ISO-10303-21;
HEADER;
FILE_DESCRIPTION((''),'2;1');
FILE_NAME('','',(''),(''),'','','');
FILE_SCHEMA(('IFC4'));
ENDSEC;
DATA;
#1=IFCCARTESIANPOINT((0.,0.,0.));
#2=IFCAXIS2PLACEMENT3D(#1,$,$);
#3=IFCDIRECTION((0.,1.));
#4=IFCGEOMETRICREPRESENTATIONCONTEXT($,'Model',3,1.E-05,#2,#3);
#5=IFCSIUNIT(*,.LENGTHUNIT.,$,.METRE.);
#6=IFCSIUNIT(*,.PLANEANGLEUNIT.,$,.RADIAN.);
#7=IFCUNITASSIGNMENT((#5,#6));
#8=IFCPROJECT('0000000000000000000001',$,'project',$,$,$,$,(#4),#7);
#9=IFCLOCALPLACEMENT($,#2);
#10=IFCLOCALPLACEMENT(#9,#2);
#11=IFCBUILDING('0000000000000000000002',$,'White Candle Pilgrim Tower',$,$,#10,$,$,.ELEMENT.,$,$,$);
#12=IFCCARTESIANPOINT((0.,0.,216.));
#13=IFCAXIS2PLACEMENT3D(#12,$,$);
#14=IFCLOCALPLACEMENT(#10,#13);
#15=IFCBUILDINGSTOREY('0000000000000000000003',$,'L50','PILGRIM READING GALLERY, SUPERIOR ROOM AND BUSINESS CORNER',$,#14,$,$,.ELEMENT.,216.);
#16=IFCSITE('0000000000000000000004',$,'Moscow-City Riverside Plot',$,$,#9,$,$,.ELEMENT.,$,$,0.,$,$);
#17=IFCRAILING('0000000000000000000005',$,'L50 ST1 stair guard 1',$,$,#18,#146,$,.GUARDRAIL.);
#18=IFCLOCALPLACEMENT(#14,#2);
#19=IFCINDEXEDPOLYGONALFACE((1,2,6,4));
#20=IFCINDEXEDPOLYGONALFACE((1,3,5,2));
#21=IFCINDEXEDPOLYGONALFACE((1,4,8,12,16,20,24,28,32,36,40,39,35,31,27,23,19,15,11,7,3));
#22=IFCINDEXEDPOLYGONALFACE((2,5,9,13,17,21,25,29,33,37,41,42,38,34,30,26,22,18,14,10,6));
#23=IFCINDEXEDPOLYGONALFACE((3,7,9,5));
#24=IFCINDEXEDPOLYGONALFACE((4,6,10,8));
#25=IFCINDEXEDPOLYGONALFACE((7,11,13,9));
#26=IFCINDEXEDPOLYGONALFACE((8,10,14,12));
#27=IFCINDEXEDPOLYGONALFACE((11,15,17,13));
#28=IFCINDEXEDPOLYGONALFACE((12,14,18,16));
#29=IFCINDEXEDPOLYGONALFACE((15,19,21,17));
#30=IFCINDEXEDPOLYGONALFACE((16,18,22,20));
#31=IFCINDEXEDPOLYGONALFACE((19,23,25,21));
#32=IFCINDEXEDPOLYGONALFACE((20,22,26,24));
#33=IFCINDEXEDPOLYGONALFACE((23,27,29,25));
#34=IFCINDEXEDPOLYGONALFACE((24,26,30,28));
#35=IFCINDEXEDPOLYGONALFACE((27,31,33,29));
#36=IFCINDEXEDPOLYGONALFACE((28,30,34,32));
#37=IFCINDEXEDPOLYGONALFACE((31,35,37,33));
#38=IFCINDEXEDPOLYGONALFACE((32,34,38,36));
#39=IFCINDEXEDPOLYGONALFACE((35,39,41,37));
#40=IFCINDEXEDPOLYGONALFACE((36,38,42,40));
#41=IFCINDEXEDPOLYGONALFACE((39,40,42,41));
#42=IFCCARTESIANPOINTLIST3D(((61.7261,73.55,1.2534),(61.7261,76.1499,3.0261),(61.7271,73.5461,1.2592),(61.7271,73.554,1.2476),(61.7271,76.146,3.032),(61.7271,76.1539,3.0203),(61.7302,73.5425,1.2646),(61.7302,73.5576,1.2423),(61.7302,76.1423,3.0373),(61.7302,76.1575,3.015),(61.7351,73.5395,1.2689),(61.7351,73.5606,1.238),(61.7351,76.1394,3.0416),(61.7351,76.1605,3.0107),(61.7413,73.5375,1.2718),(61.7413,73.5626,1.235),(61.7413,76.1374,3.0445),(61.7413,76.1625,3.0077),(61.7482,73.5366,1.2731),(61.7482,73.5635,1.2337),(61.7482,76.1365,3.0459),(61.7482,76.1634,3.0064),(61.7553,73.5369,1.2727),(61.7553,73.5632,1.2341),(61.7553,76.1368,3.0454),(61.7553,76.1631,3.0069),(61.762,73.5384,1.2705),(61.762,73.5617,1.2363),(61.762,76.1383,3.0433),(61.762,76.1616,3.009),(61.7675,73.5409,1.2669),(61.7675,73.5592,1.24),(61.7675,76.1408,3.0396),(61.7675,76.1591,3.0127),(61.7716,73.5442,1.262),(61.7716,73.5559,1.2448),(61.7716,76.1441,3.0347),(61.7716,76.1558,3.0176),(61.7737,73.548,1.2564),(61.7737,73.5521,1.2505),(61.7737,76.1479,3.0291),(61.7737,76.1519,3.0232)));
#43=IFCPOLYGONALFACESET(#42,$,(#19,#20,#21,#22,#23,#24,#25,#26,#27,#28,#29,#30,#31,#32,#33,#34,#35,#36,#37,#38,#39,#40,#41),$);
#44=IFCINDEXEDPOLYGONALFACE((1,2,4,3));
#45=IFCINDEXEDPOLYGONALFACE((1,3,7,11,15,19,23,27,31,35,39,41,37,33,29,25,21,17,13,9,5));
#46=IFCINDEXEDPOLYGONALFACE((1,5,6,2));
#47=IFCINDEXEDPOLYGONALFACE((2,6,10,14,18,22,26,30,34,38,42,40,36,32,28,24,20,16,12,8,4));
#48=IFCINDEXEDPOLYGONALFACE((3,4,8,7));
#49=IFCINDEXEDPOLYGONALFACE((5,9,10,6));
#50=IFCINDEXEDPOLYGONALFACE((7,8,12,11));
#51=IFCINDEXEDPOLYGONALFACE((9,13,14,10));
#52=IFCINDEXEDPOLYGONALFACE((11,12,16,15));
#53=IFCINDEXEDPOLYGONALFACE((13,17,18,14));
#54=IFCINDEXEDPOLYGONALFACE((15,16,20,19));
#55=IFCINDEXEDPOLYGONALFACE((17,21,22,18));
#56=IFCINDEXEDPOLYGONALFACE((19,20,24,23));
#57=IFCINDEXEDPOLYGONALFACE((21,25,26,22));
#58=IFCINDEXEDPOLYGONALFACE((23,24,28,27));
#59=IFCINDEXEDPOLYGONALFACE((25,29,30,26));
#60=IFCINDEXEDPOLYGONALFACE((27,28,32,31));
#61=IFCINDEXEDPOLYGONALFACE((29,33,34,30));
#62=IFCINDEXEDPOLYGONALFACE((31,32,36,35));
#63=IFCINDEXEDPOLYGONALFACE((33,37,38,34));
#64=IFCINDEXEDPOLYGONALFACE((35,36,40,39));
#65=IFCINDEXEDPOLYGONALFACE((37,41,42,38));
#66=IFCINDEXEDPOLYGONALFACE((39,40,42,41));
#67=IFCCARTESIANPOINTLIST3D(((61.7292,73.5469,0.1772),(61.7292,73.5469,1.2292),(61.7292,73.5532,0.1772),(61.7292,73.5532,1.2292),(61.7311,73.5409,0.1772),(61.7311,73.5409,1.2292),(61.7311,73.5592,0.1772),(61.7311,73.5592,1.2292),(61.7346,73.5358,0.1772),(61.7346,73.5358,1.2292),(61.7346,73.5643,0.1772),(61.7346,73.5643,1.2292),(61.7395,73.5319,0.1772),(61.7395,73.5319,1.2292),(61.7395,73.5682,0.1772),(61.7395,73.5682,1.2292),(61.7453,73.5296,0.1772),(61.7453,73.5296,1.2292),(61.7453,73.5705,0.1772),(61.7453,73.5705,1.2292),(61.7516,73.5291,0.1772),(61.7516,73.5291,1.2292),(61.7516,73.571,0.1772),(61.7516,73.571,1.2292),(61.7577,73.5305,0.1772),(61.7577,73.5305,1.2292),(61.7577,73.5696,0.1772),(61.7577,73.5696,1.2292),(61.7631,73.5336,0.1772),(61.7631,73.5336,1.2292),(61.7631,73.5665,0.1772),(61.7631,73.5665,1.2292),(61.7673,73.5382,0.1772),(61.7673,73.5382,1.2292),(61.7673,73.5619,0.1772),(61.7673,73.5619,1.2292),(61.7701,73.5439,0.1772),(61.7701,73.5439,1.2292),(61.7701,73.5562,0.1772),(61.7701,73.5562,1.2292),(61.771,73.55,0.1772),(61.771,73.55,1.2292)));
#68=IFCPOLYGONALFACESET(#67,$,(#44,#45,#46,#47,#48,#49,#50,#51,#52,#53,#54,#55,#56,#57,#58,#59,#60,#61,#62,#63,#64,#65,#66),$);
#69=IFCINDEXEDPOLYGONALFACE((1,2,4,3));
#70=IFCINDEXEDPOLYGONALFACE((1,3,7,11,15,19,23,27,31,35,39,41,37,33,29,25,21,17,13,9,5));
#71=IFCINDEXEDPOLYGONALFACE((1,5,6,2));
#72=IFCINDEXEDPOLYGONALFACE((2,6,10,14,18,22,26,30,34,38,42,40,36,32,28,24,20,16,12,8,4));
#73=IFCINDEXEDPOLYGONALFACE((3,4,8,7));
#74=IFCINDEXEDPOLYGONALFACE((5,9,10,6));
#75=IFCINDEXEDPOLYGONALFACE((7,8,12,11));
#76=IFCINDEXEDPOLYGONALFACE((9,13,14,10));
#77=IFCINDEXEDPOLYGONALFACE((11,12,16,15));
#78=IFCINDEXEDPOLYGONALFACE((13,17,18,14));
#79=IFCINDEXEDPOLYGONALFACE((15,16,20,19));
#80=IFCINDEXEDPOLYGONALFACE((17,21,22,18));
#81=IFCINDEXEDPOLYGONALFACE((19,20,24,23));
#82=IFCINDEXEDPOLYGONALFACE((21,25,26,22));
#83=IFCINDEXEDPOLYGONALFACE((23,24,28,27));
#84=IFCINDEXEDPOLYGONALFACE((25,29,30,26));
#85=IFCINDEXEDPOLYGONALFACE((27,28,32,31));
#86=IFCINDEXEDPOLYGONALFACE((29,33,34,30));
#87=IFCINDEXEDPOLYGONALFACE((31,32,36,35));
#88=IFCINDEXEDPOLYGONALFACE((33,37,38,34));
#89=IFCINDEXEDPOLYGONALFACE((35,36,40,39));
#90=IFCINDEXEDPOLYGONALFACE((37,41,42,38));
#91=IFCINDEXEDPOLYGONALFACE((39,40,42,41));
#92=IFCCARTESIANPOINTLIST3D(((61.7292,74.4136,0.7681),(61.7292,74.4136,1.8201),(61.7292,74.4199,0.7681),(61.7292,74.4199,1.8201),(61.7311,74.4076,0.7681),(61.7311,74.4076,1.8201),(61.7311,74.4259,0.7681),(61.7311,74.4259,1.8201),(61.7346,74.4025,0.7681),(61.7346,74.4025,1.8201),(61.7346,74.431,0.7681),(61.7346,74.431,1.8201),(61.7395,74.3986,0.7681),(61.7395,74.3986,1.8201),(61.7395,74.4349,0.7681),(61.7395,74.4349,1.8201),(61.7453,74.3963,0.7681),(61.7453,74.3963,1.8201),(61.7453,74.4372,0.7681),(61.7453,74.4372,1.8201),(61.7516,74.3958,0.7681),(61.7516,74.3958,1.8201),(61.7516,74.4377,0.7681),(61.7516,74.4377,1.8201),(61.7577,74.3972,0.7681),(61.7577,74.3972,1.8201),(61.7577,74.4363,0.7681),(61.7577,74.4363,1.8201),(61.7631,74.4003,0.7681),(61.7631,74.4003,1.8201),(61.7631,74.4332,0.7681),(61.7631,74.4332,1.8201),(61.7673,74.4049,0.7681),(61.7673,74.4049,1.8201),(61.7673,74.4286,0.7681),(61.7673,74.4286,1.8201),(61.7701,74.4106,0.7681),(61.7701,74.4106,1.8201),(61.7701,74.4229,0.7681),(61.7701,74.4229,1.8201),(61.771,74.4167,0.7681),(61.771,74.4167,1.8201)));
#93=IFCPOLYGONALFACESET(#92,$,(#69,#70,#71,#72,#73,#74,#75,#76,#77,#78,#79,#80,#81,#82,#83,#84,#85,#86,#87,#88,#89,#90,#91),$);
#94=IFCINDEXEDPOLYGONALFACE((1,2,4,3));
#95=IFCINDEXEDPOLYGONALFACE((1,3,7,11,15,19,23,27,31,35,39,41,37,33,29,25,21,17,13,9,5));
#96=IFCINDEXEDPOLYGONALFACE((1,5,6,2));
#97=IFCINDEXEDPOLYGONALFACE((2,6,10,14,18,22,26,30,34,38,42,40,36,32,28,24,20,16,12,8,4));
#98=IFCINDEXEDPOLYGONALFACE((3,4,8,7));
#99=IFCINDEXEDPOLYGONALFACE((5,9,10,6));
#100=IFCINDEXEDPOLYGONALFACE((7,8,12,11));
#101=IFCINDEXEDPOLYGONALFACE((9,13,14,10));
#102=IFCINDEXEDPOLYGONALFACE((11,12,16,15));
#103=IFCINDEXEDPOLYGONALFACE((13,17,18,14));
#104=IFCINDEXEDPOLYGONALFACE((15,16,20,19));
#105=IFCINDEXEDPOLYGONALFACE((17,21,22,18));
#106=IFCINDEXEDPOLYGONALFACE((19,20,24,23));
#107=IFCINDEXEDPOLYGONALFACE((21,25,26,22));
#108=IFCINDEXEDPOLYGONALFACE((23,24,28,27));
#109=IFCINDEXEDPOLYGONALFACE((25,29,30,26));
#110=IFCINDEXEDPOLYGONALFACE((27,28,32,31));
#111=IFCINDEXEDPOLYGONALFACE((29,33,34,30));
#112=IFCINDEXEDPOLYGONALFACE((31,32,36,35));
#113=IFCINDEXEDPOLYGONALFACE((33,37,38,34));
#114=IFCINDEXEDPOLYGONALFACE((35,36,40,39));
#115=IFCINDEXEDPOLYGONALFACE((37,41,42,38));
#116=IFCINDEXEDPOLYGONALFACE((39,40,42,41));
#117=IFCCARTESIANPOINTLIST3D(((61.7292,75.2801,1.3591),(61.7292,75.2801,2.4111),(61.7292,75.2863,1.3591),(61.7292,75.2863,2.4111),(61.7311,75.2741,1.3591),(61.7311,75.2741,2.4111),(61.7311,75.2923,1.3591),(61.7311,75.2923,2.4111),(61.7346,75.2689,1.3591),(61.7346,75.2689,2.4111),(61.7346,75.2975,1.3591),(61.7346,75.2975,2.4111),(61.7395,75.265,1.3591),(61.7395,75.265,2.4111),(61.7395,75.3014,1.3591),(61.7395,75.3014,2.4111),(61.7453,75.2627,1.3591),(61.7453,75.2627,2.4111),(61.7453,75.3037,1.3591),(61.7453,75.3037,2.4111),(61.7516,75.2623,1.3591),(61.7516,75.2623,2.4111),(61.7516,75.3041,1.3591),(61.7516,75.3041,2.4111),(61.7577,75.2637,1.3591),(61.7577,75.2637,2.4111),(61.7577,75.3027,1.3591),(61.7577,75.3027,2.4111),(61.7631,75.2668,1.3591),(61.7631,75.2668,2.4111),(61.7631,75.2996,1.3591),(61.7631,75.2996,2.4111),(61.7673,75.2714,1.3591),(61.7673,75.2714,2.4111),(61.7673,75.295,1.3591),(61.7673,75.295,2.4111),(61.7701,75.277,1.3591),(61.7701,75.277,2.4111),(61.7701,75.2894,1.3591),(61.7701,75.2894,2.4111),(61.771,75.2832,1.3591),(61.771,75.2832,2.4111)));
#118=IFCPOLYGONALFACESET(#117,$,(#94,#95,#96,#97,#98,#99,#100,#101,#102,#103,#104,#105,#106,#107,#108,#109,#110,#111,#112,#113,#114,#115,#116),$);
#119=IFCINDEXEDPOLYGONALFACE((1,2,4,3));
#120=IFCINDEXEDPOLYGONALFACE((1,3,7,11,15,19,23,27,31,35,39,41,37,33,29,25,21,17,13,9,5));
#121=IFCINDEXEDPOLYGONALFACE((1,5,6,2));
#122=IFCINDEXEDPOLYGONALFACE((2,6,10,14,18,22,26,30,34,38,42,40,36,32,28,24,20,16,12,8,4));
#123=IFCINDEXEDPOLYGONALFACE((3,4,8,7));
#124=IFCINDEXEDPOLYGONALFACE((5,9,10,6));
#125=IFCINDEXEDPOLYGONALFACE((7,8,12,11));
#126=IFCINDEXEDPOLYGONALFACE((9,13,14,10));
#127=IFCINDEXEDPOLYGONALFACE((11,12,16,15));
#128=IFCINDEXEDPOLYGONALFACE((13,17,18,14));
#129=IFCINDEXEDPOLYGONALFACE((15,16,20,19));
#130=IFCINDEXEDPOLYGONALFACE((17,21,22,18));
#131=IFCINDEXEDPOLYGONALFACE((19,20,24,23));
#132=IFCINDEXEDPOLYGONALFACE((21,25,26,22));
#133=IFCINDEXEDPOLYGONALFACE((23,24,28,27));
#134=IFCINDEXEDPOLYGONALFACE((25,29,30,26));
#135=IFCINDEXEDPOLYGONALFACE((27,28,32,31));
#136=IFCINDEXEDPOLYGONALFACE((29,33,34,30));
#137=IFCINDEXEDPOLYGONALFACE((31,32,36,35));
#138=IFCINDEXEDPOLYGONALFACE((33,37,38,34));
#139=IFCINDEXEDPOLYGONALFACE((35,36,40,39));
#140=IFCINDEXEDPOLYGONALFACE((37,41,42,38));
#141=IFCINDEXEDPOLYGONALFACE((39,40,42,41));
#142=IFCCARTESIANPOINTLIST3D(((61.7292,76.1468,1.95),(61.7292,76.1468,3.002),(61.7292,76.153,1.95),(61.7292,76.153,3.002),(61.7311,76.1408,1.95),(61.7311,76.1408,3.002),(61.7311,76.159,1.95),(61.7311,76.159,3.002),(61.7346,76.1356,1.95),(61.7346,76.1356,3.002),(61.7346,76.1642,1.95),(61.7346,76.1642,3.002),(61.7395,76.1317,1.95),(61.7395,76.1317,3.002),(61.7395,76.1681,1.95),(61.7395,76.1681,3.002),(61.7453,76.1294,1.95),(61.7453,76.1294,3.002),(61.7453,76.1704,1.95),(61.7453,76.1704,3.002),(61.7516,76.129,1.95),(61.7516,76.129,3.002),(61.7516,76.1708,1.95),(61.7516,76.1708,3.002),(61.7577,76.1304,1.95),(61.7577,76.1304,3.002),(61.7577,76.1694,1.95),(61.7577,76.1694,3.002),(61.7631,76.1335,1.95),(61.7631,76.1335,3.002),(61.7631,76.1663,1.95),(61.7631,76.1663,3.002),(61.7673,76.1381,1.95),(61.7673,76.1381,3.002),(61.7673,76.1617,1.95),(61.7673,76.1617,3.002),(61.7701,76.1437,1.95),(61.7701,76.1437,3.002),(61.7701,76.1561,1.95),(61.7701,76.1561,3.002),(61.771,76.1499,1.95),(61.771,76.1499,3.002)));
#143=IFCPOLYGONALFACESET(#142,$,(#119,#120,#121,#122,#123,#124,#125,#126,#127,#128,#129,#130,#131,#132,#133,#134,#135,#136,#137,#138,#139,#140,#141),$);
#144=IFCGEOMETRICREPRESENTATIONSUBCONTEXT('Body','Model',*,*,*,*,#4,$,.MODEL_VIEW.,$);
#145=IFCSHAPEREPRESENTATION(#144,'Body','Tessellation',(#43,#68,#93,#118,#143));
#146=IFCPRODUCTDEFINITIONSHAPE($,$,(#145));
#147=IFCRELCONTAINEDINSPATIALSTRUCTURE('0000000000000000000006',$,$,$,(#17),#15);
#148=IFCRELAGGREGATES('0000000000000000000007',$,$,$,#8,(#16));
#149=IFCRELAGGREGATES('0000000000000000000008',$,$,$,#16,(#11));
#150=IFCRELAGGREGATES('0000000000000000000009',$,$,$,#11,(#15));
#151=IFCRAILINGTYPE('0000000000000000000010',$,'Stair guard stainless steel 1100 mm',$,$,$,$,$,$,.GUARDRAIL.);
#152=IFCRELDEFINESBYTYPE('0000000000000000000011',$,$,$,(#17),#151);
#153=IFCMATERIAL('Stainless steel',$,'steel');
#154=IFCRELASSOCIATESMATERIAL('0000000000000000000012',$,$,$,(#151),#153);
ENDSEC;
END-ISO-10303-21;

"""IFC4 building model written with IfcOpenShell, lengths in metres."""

from ifc_helpers import new_model, si_unit, direction, frame, origin, origin_2d, place, context, subcontext, project, spatial, circle, extrude, material, type_object, element, save


model = new_model("IFC4")

# Units and contexts
model_context = context("Model", 3, precision=1e-05, world=origin(), true_north=direction((0.0, 1.0)))
body_context = subcontext(model_context, "Body", "Model", "MODEL_VIEW")
ifc_project = project(units=[si_unit("LENGTHUNIT", "METRE"), si_unit("PLANEANGLEUNIT", "RADIAN")], contexts=[model_context])

# Site, building, storey
site_placement = place(None, origin())
site = spatial("IfcSite", under=ifc_project, at=site_placement, Name="Moscow-City Riverside Plot", CompositionType="ELEMENT", RefElevation=0.0)
building_placement = place(site_placement, origin())
building = spatial("IfcBuilding", under=site, at=building_placement, Name="White Candle Pilgrim Tower", CompositionType="ELEMENT")
storey_placement = place(building_placement, frame((0.0, 0.0, 216.0)))
storey = spatial("IfcBuildingStorey", under=building, at=storey_placement, Name="L50", Description="PILGRIM READING GALLERY, SUPERIOR ROOM AND BUSINESS CORNER", CompositionType="ELEMENT", Elevation=216.0)

# Railing
ifc_material_1 = material(Name="Stainless steel", Category="steel")
railing_type_1 = type_object("IfcRailingType", Name="Stair guard stainless steel 1100 mm", PredefinedType="GUARDRAIL", material=ifc_material_1)
railing_1_placement = place(storey_placement, frame((61.75, 73.55, 0.1772)))
element("IfcRailing", 1, at=railing_1_placement, inside=storey, type_object=railing_type_1, Name="L50 ST1 stair guard 1", PredefinedType="GUARDRAIL", context=body_context, shape_type="SweptSolid", body=[
    extrude(circle(Radius=0.0239, at=origin_2d()), frame((0.0, 0.0, 1.0762), z_axis=(0.0, 0.826216, 0.563354), x_axis=(-1.0, 0.0, 0.0)), (0.0, 0.0, 1.0), 3.1467),
    extrude(circle(Radius=0.021, at=origin_2d()), origin(), (0.0, 0.0, 1.0), 1.052),
    extrude(circle(Radius=0.021, at=origin_2d()), frame((0.0, 0.8667, 0.5908)), (0.0, 0.0, 1.0), 1.052),
    extrude(circle(Radius=0.021, at=origin_2d()), frame((0.0, 1.7332, 1.1819)), (0.0, 0.0, 1.0), 1.052),
    extrude(circle(Radius=0.021, at=origin_2d()), frame((0.0, 2.5999, 1.7727)), (0.0, 0.0, 1.0), 1.052),
])

save(model, "model.ifc")
